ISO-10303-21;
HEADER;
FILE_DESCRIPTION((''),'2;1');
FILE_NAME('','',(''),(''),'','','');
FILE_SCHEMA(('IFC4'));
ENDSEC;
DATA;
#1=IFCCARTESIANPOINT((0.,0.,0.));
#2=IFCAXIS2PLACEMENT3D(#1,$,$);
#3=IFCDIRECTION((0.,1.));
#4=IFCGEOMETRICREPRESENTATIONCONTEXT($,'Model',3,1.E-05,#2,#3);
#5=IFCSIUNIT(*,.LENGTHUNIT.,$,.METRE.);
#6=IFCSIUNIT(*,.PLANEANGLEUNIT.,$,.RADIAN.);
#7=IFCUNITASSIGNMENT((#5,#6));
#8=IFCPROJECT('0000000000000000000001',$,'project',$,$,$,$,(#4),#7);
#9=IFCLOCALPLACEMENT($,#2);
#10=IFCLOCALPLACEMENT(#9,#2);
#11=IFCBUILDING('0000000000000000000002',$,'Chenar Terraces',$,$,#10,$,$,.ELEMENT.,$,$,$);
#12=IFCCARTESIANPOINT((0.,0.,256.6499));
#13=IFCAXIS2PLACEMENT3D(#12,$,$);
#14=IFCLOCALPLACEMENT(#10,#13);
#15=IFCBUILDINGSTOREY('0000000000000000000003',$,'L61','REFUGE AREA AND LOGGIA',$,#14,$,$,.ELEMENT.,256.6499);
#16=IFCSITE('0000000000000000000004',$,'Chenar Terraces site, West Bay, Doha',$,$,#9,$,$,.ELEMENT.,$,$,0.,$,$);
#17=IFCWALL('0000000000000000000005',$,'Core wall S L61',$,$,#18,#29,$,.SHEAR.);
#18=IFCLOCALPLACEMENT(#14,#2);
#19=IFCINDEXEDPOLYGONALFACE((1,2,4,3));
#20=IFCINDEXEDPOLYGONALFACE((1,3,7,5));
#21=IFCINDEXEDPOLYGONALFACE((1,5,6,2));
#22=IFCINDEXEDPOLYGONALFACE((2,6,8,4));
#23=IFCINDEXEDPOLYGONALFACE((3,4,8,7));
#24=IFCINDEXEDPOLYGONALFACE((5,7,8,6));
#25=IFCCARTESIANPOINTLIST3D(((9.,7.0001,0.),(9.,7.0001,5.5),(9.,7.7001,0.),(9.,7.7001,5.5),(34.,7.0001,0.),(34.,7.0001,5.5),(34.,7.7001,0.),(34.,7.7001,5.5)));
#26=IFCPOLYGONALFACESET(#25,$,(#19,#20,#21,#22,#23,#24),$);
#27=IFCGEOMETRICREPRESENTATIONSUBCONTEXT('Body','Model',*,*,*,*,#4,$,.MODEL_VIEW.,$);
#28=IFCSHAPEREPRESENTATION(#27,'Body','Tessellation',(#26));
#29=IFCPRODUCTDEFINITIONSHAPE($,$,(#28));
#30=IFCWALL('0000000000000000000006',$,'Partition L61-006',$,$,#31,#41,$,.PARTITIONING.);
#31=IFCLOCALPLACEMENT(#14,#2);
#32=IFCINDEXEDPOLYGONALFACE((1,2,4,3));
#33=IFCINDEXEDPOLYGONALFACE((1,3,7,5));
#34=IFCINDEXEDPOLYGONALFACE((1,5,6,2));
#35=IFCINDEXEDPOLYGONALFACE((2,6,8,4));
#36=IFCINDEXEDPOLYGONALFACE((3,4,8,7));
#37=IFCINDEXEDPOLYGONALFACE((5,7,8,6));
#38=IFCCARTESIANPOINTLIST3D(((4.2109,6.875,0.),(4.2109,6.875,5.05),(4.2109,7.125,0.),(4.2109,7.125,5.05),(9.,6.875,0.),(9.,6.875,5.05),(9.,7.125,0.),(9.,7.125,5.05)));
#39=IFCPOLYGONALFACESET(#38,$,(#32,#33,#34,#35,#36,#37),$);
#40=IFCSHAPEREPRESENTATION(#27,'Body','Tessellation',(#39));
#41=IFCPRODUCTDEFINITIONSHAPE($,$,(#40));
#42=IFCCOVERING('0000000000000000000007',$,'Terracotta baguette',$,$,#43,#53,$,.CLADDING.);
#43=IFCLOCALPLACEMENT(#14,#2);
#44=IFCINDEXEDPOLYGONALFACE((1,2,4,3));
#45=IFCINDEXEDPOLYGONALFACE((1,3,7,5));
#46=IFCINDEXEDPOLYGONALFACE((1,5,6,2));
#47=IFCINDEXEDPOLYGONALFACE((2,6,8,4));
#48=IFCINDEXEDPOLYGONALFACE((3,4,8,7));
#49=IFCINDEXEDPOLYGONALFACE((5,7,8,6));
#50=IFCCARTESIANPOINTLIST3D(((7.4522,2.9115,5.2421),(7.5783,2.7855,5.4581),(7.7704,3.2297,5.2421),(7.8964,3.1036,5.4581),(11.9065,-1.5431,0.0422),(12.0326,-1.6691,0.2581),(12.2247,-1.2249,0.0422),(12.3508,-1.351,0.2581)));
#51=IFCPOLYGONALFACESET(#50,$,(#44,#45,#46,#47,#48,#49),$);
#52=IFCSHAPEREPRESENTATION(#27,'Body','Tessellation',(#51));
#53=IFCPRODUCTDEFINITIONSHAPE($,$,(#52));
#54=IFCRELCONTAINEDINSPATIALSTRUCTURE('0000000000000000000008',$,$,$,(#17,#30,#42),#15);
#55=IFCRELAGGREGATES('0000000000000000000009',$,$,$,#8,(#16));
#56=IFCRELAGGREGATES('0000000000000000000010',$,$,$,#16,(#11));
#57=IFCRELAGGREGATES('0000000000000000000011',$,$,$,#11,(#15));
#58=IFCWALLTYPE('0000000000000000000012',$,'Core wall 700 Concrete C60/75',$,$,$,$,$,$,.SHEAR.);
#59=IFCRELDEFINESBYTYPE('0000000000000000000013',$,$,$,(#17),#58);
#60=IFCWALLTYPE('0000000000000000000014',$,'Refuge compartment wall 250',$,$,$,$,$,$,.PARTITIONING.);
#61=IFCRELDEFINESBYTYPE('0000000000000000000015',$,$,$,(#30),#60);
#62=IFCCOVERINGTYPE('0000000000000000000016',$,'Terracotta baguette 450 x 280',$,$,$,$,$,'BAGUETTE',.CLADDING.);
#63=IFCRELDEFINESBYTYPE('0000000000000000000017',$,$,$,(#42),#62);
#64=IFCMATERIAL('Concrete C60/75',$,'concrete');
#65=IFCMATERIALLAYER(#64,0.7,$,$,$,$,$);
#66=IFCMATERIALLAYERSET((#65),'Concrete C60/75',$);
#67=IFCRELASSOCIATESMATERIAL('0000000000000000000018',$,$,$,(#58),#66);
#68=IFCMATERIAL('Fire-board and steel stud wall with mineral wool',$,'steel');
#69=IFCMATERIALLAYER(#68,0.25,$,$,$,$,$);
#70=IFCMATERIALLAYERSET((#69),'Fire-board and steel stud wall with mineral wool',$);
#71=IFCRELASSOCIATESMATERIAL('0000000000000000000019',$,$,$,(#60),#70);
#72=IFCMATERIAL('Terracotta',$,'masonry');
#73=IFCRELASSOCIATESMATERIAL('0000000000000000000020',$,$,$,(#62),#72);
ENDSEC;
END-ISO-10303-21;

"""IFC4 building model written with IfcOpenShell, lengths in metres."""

from ifc_helpers import new_model, si_unit, direction, frame, frame_2d, origin, origin_2d, place, context, subcontext, project, spatial, rectangle, extrude, material, layer, layer_set, material_profile, profile_set, type_object, element, save


model = new_model("IFC4")

# Units and contexts
model_context = context("Model", 3, precision=1e-05, world=origin(), true_north=direction((0.0, 1.0)))
body_context = subcontext(model_context, "Body", "Model", "MODEL_VIEW")
ifc_project = project(units=[si_unit("LENGTHUNIT", "METRE"), si_unit("PLANEANGLEUNIT", "RADIAN")], contexts=[model_context])

# Site, building, storey
site_placement = place(None, origin())
site = spatial("IfcSite", under=ifc_project, at=site_placement, Name="Chenar Terraces site, West Bay, Doha", CompositionType="ELEMENT", RefElevation=0.0)
building_placement = place(site_placement, origin())
building = spatial("IfcBuilding", under=site, at=building_placement, Name="Chenar Terraces", CompositionType="ELEMENT")
storey_placement = place(building_placement, frame((0.0, 0.0, 256.6499)))
storey = spatial("IfcBuildingStorey", under=building, at=storey_placement, Name="L61", Description="REFUGE AREA AND LOGGIA", CompositionType="ELEMENT", Elevation=256.6499)

# Walls
ifc_material_1 = material(Name="Concrete C60/75", Category="concrete")
ifc_layer_1 = layer(ifc_material_1, 0.7)
ifc_layer_set_1 = layer_set([ifc_layer_1], Name="Concrete C60/75")
wall_type_1 = type_object("IfcWallType", Name="Core wall 700 Concrete C60/75", PredefinedType="SHEAR", material=ifc_layer_set_1)
wall_1_placement = place(storey_placement, frame((9.0, 7.3501, 0.0), z_axis=(0.0, 0.0, 1.0), x_axis=(1.0, 0.0, 0.0)))
element("IfcWall", 1, at=wall_1_placement, inside=storey, type_object=wall_type_1, Name="Core wall S L61", PredefinedType="SHEAR", context=body_context, shape_type="SweptSolid", body=[
    extrude(rectangle(XDim=25.0, YDim=0.7, at=frame_2d((12.5, 0.0))), origin(), (0.0, 0.0, 1.0), 5.5),
])
ifc_material_2 = material(Name="Fire-board and steel stud wall with mineral wool", Category="steel")
ifc_layer_2 = layer(ifc_material_2, 0.25)
ifc_layer_set_2 = layer_set([ifc_layer_2], Name="Fire-board and steel stud wall with mineral wool")
wall_type_2 = type_object("IfcWallType", Name="Refuge compartment wall 250", PredefinedType="PARTITIONING", material=ifc_layer_set_2)
wall_2_placement = place(storey_placement, frame((4.2109, 7.0, 0.0), z_axis=(0.0, 0.0, 1.0), x_axis=(1.0, 0.0, 0.0)))
element("IfcWall", 2, at=wall_2_placement, inside=storey, type_object=wall_type_2, Name="Partition L61-006", PredefinedType="PARTITIONING", context=body_context, shape_type="SweptSolid", body=[
    extrude(rectangle(XDim=4.7891, YDim=0.25, at=frame_2d((2.3945, 0.0))), origin(), (0.0, 0.0, 1.0), 5.05),
])

# Covering
ifc_material_3 = material(Name="Terracotta", Category="masonry")
ifc_material_profile = material_profile(ifc_material_3, rectangle(XDim=0.45, YDim=0.28, at=origin_2d()), Name="Terracotta baguette 450 x 280")
ifc_profile_set = profile_set([ifc_material_profile], Name="Terracotta")
covering_type = type_object("IfcCoveringType", Name="Terracotta baguette 450 x 280", ElementType="BAGUETTE", PredefinedType="CLADDING", material=ifc_profile_set)
covering_placement = place(storey_placement, frame((7.6743, 3.0076, 5.3501), z_axis=(0.545309, -0.545339, -0.636587), x_axis=(0.707126, 0.707087, 0.0)))
element("IfcCovering", 3, at=covering_placement, inside=storey, type_object=covering_type, Name="Terracotta baguette", PredefinedType="CLADDING", context=body_context, shape_type="SweptSolid", body=[
    extrude(rectangle(XDim=0.45, YDim=0.28, at=origin_2d()), origin(), (0.0, 0.0, 1.0), 8.1685),
])

save(model, "model.ifc")
